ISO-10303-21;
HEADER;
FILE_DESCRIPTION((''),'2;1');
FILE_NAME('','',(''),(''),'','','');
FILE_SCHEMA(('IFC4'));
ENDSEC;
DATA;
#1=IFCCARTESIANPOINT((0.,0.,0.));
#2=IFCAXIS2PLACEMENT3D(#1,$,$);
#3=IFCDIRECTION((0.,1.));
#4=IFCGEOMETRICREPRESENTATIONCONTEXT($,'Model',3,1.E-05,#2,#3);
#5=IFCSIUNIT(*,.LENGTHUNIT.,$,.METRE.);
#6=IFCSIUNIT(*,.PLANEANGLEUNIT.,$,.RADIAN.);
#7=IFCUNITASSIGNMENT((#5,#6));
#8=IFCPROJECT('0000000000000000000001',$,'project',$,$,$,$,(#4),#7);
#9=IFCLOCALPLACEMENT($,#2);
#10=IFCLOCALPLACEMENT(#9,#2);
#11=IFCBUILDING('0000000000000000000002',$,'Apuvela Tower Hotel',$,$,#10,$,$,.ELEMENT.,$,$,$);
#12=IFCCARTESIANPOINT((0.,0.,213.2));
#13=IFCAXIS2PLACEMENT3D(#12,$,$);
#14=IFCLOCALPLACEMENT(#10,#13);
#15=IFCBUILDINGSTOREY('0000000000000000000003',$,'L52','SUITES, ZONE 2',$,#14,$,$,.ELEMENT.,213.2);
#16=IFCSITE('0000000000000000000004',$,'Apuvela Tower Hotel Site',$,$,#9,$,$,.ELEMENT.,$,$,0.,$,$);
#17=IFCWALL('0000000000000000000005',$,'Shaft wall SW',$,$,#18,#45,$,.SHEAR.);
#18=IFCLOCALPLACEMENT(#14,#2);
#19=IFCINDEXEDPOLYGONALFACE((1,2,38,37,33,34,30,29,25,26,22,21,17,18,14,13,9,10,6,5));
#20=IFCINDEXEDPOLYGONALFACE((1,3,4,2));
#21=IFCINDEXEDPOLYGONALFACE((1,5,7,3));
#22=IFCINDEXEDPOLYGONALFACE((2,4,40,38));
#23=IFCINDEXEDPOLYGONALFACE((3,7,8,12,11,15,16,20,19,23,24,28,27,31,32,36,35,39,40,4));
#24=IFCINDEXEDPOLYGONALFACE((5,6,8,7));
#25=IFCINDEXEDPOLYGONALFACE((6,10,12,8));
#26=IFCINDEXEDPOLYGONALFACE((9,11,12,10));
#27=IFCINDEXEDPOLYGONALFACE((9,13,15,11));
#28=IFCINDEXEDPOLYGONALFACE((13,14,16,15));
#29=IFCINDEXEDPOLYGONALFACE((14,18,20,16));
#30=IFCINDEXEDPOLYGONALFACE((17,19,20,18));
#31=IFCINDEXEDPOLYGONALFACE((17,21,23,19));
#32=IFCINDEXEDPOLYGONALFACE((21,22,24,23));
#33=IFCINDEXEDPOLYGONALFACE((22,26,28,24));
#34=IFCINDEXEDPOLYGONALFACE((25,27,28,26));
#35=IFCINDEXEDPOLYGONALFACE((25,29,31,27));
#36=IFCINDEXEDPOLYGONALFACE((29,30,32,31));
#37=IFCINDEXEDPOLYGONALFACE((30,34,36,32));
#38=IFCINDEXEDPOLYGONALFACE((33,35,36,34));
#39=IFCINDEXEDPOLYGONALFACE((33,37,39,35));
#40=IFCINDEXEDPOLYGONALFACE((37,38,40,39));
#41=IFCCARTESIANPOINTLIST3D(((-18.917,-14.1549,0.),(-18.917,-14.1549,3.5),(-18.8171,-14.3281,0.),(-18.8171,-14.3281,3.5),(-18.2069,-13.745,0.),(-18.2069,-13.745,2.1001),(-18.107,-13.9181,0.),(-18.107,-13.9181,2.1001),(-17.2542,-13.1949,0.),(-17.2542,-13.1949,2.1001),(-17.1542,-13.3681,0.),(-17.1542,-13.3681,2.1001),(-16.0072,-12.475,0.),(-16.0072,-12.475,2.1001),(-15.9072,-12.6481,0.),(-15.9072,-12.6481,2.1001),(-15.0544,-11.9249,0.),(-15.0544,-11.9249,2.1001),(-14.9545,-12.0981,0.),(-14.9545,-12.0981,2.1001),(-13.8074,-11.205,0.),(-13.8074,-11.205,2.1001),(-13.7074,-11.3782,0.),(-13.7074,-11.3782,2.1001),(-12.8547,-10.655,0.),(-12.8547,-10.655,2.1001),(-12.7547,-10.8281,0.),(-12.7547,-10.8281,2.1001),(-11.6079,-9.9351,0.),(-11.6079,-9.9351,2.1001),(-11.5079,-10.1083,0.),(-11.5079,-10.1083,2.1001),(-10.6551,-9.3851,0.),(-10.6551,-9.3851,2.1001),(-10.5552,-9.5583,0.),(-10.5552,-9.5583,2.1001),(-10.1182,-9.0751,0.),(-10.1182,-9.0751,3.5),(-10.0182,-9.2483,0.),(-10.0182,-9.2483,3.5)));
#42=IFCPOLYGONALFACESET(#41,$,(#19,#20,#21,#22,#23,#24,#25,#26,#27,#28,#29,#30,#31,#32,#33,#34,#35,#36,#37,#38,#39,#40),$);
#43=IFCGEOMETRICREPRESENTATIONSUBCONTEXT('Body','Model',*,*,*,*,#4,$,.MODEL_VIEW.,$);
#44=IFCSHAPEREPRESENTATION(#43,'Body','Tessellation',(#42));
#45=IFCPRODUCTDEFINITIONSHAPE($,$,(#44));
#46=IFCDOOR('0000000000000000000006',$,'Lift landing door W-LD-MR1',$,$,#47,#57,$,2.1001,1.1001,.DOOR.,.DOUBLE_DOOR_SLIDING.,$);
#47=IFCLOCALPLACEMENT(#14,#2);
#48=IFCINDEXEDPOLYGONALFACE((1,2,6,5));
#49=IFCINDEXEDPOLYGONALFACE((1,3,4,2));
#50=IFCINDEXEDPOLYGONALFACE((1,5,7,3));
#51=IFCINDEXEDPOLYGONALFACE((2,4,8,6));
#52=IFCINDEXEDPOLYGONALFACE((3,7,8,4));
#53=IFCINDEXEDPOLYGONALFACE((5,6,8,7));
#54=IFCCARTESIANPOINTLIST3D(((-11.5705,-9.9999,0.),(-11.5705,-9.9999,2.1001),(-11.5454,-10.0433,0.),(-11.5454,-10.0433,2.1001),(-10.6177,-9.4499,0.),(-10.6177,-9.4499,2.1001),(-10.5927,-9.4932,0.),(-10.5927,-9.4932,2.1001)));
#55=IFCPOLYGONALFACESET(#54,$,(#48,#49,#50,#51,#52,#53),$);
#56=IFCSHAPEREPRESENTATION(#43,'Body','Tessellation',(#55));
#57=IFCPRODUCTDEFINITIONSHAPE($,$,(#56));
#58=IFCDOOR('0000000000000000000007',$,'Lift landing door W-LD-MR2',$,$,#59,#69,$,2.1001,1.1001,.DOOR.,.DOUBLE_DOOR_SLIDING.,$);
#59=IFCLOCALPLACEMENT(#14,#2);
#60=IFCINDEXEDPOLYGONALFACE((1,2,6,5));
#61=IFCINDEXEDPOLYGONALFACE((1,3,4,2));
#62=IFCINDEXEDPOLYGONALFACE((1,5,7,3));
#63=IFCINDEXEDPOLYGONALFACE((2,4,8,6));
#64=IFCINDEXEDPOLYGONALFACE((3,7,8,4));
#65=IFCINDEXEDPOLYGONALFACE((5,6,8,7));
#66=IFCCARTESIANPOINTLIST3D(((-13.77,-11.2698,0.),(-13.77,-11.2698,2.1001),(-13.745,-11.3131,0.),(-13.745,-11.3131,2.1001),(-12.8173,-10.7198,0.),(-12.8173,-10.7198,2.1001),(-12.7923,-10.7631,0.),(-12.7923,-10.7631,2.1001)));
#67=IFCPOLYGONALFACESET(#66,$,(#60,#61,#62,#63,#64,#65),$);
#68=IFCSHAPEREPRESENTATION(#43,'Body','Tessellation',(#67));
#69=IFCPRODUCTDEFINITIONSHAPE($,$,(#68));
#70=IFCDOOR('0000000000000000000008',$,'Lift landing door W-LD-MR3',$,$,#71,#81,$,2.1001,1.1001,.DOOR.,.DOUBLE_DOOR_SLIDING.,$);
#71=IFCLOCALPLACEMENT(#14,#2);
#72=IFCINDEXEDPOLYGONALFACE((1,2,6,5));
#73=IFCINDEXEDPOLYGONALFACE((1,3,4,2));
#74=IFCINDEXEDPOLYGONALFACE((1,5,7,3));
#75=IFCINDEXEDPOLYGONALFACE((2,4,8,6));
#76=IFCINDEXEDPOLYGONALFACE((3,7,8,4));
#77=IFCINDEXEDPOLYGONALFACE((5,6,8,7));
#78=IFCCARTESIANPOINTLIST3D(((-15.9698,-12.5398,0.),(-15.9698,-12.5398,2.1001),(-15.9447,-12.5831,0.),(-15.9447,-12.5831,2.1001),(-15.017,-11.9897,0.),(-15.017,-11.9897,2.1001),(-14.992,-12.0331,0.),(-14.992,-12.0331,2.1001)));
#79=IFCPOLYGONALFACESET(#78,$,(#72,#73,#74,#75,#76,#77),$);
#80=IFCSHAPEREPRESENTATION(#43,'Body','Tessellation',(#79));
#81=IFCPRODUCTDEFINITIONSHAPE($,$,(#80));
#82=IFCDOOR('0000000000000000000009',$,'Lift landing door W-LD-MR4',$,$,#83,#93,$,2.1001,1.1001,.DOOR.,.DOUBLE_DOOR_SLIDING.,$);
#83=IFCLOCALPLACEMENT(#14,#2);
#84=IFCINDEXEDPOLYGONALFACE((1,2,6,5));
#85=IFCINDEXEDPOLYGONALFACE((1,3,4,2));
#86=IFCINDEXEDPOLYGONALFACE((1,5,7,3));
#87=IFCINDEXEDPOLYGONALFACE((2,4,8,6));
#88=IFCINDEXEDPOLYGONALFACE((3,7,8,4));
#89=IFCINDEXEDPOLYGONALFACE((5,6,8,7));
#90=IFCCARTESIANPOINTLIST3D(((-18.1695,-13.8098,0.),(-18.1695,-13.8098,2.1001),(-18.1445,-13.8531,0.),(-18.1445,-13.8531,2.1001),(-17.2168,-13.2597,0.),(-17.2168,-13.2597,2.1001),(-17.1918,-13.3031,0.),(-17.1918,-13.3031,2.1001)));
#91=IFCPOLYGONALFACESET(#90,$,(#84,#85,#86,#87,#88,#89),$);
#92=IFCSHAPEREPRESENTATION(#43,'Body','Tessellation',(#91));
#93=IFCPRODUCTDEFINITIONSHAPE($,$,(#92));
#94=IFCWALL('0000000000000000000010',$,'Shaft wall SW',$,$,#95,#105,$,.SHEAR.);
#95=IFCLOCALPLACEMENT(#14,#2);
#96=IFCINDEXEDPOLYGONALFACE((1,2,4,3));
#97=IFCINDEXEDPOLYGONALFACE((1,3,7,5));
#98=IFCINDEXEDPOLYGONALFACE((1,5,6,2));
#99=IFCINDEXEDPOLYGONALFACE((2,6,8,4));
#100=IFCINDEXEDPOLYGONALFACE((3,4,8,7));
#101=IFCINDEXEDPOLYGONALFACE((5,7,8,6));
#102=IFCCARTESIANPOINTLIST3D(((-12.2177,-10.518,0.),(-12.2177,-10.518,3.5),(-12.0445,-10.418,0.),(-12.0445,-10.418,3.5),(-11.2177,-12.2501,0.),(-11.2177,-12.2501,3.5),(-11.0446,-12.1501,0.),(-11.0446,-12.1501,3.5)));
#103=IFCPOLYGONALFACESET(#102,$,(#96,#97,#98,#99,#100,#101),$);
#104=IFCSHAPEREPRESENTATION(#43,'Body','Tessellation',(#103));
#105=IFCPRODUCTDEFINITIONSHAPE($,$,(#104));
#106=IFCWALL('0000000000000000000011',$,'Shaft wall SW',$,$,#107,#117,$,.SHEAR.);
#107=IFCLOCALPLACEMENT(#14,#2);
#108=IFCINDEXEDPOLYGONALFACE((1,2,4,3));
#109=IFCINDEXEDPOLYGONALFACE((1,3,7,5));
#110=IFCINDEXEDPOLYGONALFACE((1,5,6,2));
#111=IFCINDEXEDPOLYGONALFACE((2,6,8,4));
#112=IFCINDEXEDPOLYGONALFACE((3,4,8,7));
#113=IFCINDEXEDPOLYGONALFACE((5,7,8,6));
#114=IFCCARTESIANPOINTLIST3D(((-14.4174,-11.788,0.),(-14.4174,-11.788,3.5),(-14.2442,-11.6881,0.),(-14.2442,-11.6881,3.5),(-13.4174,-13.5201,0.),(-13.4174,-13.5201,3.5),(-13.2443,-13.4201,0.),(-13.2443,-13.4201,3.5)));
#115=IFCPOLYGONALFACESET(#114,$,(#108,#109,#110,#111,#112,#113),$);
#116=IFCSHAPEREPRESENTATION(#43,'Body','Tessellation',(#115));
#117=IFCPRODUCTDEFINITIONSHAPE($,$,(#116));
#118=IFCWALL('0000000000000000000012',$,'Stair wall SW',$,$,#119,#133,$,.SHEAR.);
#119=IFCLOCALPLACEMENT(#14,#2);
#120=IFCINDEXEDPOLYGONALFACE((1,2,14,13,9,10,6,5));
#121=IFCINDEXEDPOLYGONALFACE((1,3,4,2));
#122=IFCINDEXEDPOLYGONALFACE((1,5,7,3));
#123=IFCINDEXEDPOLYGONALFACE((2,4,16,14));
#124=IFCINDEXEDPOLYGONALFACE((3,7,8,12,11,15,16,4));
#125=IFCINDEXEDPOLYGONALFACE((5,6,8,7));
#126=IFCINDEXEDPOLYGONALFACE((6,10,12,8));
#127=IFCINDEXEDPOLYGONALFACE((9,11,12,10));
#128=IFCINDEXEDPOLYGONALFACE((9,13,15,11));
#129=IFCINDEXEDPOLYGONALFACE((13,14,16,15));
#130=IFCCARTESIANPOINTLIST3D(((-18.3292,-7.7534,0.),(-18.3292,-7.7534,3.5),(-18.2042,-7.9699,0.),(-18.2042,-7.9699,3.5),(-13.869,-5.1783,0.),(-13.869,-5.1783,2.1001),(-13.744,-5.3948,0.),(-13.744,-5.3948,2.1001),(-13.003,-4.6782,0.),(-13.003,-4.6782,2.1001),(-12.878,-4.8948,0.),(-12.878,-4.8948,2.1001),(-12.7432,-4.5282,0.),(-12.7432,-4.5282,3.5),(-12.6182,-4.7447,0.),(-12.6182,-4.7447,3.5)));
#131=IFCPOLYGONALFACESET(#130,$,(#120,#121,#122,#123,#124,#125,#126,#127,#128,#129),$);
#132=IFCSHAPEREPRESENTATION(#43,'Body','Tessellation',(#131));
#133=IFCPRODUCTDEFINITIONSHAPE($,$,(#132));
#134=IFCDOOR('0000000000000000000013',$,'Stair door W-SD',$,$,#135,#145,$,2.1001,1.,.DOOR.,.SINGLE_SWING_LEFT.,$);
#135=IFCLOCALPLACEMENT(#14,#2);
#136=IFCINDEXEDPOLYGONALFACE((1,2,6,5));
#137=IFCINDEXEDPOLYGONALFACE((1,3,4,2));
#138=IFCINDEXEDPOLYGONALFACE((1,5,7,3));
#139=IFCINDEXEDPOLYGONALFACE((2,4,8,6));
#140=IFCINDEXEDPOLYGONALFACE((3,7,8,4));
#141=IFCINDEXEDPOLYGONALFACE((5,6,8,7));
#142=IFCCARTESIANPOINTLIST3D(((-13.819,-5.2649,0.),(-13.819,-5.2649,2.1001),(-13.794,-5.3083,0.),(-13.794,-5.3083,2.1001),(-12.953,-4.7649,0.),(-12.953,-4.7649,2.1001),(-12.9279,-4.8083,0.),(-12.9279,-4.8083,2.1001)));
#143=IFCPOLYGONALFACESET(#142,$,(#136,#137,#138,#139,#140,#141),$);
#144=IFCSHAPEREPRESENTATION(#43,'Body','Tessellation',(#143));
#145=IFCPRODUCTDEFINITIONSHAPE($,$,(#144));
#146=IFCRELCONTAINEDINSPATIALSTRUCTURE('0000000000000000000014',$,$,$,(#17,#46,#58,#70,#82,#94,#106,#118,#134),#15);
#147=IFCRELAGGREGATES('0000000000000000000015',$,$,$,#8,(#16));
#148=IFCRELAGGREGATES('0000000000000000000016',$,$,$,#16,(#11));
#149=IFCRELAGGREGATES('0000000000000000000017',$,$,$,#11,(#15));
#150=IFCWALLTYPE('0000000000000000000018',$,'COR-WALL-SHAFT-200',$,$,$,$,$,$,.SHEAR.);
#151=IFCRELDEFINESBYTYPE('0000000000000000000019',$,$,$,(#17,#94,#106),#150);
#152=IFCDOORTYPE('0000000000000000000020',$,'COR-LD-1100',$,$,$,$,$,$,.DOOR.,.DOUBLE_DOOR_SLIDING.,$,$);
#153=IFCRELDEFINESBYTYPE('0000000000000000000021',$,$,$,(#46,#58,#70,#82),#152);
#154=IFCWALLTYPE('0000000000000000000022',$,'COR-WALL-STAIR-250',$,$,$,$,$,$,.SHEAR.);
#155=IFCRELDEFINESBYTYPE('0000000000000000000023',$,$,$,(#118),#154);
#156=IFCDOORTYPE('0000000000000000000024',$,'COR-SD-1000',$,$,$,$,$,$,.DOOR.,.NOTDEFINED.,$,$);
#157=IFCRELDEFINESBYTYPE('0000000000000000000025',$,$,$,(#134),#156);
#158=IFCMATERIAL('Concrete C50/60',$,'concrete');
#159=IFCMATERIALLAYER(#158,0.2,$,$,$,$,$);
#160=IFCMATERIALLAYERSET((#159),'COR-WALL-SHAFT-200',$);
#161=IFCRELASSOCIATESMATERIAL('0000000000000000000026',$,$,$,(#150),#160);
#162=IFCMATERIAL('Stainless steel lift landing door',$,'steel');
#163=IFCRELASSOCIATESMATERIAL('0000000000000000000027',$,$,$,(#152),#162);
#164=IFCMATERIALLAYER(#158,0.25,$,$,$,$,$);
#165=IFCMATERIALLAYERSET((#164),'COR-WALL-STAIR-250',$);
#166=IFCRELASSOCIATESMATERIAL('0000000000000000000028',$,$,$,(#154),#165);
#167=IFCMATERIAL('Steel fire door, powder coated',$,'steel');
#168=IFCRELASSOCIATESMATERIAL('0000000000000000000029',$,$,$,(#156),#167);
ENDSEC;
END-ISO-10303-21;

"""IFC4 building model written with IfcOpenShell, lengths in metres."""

from ifc_helpers import new_model, si_unit, direction, frame, frame_2d, origin, place, context, subcontext, project, spatial, rectangle, extrude, material, layer, layer_set, type_object, element, fill, save


model = new_model("IFC4")

# Units and contexts
model_context = context("Model", 3, precision=1e-05, world=origin(), true_north=direction((0.0, 1.0)))
body_context = subcontext(model_context, "Body", "Model", "MODEL_VIEW")
ifc_project = project(units=[si_unit("LENGTHUNIT", "METRE"), si_unit("PLANEANGLEUNIT", "RADIAN")], contexts=[model_context])

# Site, building, storey
site_placement = place(None, origin())
site = spatial("IfcSite", under=ifc_project, at=site_placement, Name="Apuvela Tower Hotel Site", CompositionType="ELEMENT", RefElevation=0.0)
building_placement = place(site_placement, origin())
building = spatial("IfcBuilding", under=site, at=building_placement, Name="Apuvela Tower Hotel", CompositionType="ELEMENT")
storey_placement = place(building_placement, frame((0.0, 0.0, 213.2)))
storey = spatial("IfcBuildingStorey", under=building, at=storey_placement, Name="L52", Description="SUITES, ZONE 2", CompositionType="ELEMENT", Elevation=213.2)

# Shared definitions
ifc_material_1 = material(Name="Concrete C50/60", Category="concrete")

# Shared definitions
ifc_layer_1 = layer(ifc_material_1, 0.2)
ifc_layer_set_1 = layer_set([ifc_layer_1], Name="COR-WALL-SHAFT-200")
wall_type_1 = type_object("IfcWallType", Name="COR-WALL-SHAFT-200", PredefinedType="SHEAR", material=ifc_layer_set_1)
ifc_material_2 = material(Name="Stainless steel lift landing door", Category="steel")

# Wall, openings, doors
wall_1_placement = place(storey_placement, frame((-10.0681, -9.1616, 0.0), z_axis=(0.0, 0.0, 1.0), x_axis=(-0.866033, -0.499987, 0.0)))
wall_1 = element("IfcWall", 1, at=wall_1_placement, inside=storey, type_object=wall_type_1, Name="Shaft wall SW", PredefinedType="SHEAR", context=body_context, shape_type="SweptSolid", body=[
    extrude(rectangle(XDim=10.1599, YDim=0.2, at=frame_2d((5.0801, 0.0))), origin(), (0.0, 0.0, 1.0), 3.5),
])
opening_1_placement = place(wall_1_placement, frame((0.6201, 0.0, 0.0)))
opening_1 = element("IfcOpeningElement", 2, at=opening_1_placement, cuts=wall_1, PredefinedType="OPENING", context=body_context, shape_type="SweptSolid", body=[
    extrude(rectangle(XDim=1.1001, YDim=2.1001, at=frame_2d((0.55, 1.05))), frame((0.0, 0.1099, 0.0), z_axis=(0.0, -1.0, 0.0), x_axis=(1.0, 0.0, 0.0)), (0.0, 0.0, 1.0), 0.22),
])
opening_2_placement = place(wall_1_placement, frame((3.1599, 0.0, 0.0)))
opening_2 = element("IfcOpeningElement", 3, at=opening_2_placement, cuts=wall_1, PredefinedType="OPENING", context=body_context, shape_type="SweptSolid", body=[
    extrude(rectangle(XDim=1.1001, YDim=2.1001, at=frame_2d((0.55, 1.05))), frame((0.0, 0.1099, 0.0), z_axis=(0.0, -1.0, 0.0), x_axis=(1.0, 0.0, 0.0)), (0.0, 0.0, 1.0), 0.22),
])
opening_3_placement = place(wall_1_placement, frame((5.7, 0.0, 0.0)))
opening_3 = element("IfcOpeningElement", 4, at=opening_3_placement, cuts=wall_1, PredefinedType="OPENING", context=body_context, shape_type="SweptSolid", body=[
    extrude(rectangle(XDim=1.1001, YDim=2.1001, at=frame_2d((0.55, 1.05))), frame((0.0, 0.1099, 0.0), z_axis=(0.0, -1.0, 0.0), x_axis=(1.0, 0.0, 0.0)), (0.0, 0.0, 1.0), 0.22),
])
opening_4_placement = place(wall_1_placement, frame((8.24, 0.0, 0.0)))
opening_4 = element("IfcOpeningElement", 5, at=opening_4_placement, cuts=wall_1, PredefinedType="OPENING", context=body_context, shape_type="SweptSolid", body=[
    extrude(rectangle(XDim=1.1001, YDim=2.1001, at=frame_2d((0.55, 1.05))), frame((0.0, 0.1099, 0.0), z_axis=(0.0, -1.0, 0.0), x_axis=(1.0, 0.0, 0.0)), (0.0, 0.0, 1.0), 0.22),
])
door_type_1 = type_object("IfcDoorType", Name="COR-LD-1100", OperationType="DOUBLE_DOOR_SLIDING", PredefinedType="DOOR", material=ifc_material_2)
door_1_placement = place(opening_1_placement, origin())
door_1 = element("IfcDoor", 6, at=door_1_placement, inside=storey, type_object=door_type_1, Name="Lift landing door W-LD-MR1", OperationType="DOUBLE_DOOR_SLIDING", OverallHeight=2.1001, OverallWidth=1.1001, PredefinedType="DOOR", context=body_context, shape_type="SweptSolid", body=[
    extrude(rectangle(XDim=1.1001, YDim=2.1001, at=frame_2d((0.55, 1.05))), frame((0.0, 0.0249, 0.0), z_axis=(0.0, -1.0, 0.0), x_axis=(1.0, 0.0, 0.0)), (0.0, 0.0, 1.0), 0.05),
])
fill(opening_1, door_1)
door_2_placement = place(opening_2_placement, origin())
door_2 = element("IfcDoor", 7, at=door_2_placement, inside=storey, type_object=door_type_1, Name="Lift landing door W-LD-MR2", OperationType="DOUBLE_DOOR_SLIDING", OverallHeight=2.1001, OverallWidth=1.1001, PredefinedType="DOOR", context=body_context, shape_type="SweptSolid", body=[
    extrude(rectangle(XDim=1.1001, YDim=2.1001, at=frame_2d((0.55, 1.05))), frame((0.0, 0.0249, 0.0), z_axis=(0.0, -1.0, 0.0), x_axis=(1.0, 0.0, 0.0)), (0.0, 0.0, 1.0), 0.05),
])
fill(opening_2, door_2)
door_3_placement = place(opening_3_placement, origin())
door_3 = element("IfcDoor", 8, at=door_3_placement, inside=storey, type_object=door_type_1, Name="Lift landing door W-LD-MR3", OperationType="DOUBLE_DOOR_SLIDING", OverallHeight=2.1001, OverallWidth=1.1001, PredefinedType="DOOR", context=body_context, shape_type="SweptSolid", body=[
    extrude(rectangle(XDim=1.1001, YDim=2.1001, at=frame_2d((0.55, 1.05))), frame((0.0, 0.0249, 0.0), z_axis=(0.0, -1.0, 0.0), x_axis=(1.0, 0.0, 0.0)), (0.0, 0.0, 1.0), 0.05),
])
fill(opening_3, door_3)
door_4_placement = place(opening_4_placement, origin())
door_4 = element("IfcDoor", 9, at=door_4_placement, inside=storey, type_object=door_type_1, Name="Lift landing door W-LD-MR4", OperationType="DOUBLE_DOOR_SLIDING", OverallHeight=2.1001, OverallWidth=1.1001, PredefinedType="DOOR", context=body_context, shape_type="SweptSolid", body=[
    extrude(rectangle(XDim=1.1001, YDim=2.1001, at=frame_2d((0.55, 1.05))), frame((0.0, 0.0249, 0.0), z_axis=(0.0, -1.0, 0.0), x_axis=(1.0, 0.0, 0.0)), (0.0, 0.0, 1.0), 0.05),
])
fill(opening_4, door_4)

# Walls
for number, where, z_axis, x_axis, name in (
    (10, (-12.1311, -10.468, 0.0), (0.0, 0.0, 1.0), (0.499973, -0.866041, 0.0), "Shaft wall SW"),
    (11, (-14.3308, -11.738, 0.0), (0.0, 0.0, 1.0), (0.499973, -0.866041, 0.0), "Shaft wall SW"),
):
    element("IfcWall", number, at=place(storey_placement, frame(where, z_axis=z_axis, x_axis=x_axis)), inside=storey, type_object=wall_type_1, Name=name, PredefinedType="SHEAR", context=body_context, shape_type="SweptSolid", body=[
        extrude(rectangle(XDim=2.0, YDim=0.2, at=frame_2d((1.0, 0.0))), origin(), (0.0, 0.0, 1.0), 3.5),
    ])

# Wall, opening, door
ifc_layer_2 = layer(ifc_material_1, 0.25)
ifc_layer_set_2 = layer_set([ifc_layer_2], Name="COR-WALL-STAIR-250")
wall_type_2 = type_object("IfcWallType", Name="COR-WALL-STAIR-250", PredefinedType="SHEAR", material=ifc_layer_set_2)
wall_2_placement = place(storey_placement, frame((-12.6807, -4.6365, 0.0), z_axis=(0.0, 0.0, 1.0), x_axis=(-0.866022, -0.500006, 0.0)))
wall_2 = element("IfcWall", 12, at=wall_2_placement, inside=storey, type_object=wall_type_2, Name="Stair wall SW", PredefinedType="SHEAR", context=body_context, shape_type="SweptSolid", body=[
    extrude(rectangle(XDim=6.4502, YDim=0.25, at=frame_2d((3.2251, 0.0))), origin(), (0.0, 0.0, 1.0), 3.5),
])
opening_5_placement = place(wall_2_placement, frame((0.3, 0.0, 0.0)))
opening_5 = element("IfcOpeningElement", 13, at=opening_5_placement, cuts=wall_2, PredefinedType="OPENING", context=body_context, shape_type="SweptSolid", body=[
    extrude(rectangle(XDim=1.0, YDim=2.1001, at=frame_2d((0.5, 1.05))), frame((0.0, 0.135, 0.0), z_axis=(0.0, -1.0, 0.0), x_axis=(1.0, 0.0, 0.0)), (0.0, 0.0, 1.0), 0.27),
])
ifc_material_3 = material(Name="Steel fire door, powder coated", Category="steel")
door_type_2 = type_object("IfcDoorType", Name="COR-SD-1000", OperationType="NOTDEFINED", PredefinedType="DOOR", material=ifc_material_3)
door_5_placement = place(opening_5_placement, frame((1.0, 0.0, 0.0), z_axis=(0.0, 0.0, 1.0), x_axis=(-1.0, 0.0, 0.0)))
door_5 = element("IfcDoor", 14, at=door_5_placement, inside=storey, type_object=door_type_2, Name="Stair door W-SD", OperationType="SINGLE_SWING_LEFT", OverallHeight=2.1001, OverallWidth=1.0, PredefinedType="DOOR", context=body_context, shape_type="SweptSolid", body=[
    extrude(rectangle(XDim=1.0, YDim=2.1001, at=frame_2d((0.5, 1.05))), frame((0.0, 0.0249, 0.0), z_axis=(0.0, -1.0, 0.0), x_axis=(1.0, 0.0, 0.0)), (0.0, 0.0, 1.0), 0.05),
])
fill(opening_5, door_5)

save(model, "model.ifc")
